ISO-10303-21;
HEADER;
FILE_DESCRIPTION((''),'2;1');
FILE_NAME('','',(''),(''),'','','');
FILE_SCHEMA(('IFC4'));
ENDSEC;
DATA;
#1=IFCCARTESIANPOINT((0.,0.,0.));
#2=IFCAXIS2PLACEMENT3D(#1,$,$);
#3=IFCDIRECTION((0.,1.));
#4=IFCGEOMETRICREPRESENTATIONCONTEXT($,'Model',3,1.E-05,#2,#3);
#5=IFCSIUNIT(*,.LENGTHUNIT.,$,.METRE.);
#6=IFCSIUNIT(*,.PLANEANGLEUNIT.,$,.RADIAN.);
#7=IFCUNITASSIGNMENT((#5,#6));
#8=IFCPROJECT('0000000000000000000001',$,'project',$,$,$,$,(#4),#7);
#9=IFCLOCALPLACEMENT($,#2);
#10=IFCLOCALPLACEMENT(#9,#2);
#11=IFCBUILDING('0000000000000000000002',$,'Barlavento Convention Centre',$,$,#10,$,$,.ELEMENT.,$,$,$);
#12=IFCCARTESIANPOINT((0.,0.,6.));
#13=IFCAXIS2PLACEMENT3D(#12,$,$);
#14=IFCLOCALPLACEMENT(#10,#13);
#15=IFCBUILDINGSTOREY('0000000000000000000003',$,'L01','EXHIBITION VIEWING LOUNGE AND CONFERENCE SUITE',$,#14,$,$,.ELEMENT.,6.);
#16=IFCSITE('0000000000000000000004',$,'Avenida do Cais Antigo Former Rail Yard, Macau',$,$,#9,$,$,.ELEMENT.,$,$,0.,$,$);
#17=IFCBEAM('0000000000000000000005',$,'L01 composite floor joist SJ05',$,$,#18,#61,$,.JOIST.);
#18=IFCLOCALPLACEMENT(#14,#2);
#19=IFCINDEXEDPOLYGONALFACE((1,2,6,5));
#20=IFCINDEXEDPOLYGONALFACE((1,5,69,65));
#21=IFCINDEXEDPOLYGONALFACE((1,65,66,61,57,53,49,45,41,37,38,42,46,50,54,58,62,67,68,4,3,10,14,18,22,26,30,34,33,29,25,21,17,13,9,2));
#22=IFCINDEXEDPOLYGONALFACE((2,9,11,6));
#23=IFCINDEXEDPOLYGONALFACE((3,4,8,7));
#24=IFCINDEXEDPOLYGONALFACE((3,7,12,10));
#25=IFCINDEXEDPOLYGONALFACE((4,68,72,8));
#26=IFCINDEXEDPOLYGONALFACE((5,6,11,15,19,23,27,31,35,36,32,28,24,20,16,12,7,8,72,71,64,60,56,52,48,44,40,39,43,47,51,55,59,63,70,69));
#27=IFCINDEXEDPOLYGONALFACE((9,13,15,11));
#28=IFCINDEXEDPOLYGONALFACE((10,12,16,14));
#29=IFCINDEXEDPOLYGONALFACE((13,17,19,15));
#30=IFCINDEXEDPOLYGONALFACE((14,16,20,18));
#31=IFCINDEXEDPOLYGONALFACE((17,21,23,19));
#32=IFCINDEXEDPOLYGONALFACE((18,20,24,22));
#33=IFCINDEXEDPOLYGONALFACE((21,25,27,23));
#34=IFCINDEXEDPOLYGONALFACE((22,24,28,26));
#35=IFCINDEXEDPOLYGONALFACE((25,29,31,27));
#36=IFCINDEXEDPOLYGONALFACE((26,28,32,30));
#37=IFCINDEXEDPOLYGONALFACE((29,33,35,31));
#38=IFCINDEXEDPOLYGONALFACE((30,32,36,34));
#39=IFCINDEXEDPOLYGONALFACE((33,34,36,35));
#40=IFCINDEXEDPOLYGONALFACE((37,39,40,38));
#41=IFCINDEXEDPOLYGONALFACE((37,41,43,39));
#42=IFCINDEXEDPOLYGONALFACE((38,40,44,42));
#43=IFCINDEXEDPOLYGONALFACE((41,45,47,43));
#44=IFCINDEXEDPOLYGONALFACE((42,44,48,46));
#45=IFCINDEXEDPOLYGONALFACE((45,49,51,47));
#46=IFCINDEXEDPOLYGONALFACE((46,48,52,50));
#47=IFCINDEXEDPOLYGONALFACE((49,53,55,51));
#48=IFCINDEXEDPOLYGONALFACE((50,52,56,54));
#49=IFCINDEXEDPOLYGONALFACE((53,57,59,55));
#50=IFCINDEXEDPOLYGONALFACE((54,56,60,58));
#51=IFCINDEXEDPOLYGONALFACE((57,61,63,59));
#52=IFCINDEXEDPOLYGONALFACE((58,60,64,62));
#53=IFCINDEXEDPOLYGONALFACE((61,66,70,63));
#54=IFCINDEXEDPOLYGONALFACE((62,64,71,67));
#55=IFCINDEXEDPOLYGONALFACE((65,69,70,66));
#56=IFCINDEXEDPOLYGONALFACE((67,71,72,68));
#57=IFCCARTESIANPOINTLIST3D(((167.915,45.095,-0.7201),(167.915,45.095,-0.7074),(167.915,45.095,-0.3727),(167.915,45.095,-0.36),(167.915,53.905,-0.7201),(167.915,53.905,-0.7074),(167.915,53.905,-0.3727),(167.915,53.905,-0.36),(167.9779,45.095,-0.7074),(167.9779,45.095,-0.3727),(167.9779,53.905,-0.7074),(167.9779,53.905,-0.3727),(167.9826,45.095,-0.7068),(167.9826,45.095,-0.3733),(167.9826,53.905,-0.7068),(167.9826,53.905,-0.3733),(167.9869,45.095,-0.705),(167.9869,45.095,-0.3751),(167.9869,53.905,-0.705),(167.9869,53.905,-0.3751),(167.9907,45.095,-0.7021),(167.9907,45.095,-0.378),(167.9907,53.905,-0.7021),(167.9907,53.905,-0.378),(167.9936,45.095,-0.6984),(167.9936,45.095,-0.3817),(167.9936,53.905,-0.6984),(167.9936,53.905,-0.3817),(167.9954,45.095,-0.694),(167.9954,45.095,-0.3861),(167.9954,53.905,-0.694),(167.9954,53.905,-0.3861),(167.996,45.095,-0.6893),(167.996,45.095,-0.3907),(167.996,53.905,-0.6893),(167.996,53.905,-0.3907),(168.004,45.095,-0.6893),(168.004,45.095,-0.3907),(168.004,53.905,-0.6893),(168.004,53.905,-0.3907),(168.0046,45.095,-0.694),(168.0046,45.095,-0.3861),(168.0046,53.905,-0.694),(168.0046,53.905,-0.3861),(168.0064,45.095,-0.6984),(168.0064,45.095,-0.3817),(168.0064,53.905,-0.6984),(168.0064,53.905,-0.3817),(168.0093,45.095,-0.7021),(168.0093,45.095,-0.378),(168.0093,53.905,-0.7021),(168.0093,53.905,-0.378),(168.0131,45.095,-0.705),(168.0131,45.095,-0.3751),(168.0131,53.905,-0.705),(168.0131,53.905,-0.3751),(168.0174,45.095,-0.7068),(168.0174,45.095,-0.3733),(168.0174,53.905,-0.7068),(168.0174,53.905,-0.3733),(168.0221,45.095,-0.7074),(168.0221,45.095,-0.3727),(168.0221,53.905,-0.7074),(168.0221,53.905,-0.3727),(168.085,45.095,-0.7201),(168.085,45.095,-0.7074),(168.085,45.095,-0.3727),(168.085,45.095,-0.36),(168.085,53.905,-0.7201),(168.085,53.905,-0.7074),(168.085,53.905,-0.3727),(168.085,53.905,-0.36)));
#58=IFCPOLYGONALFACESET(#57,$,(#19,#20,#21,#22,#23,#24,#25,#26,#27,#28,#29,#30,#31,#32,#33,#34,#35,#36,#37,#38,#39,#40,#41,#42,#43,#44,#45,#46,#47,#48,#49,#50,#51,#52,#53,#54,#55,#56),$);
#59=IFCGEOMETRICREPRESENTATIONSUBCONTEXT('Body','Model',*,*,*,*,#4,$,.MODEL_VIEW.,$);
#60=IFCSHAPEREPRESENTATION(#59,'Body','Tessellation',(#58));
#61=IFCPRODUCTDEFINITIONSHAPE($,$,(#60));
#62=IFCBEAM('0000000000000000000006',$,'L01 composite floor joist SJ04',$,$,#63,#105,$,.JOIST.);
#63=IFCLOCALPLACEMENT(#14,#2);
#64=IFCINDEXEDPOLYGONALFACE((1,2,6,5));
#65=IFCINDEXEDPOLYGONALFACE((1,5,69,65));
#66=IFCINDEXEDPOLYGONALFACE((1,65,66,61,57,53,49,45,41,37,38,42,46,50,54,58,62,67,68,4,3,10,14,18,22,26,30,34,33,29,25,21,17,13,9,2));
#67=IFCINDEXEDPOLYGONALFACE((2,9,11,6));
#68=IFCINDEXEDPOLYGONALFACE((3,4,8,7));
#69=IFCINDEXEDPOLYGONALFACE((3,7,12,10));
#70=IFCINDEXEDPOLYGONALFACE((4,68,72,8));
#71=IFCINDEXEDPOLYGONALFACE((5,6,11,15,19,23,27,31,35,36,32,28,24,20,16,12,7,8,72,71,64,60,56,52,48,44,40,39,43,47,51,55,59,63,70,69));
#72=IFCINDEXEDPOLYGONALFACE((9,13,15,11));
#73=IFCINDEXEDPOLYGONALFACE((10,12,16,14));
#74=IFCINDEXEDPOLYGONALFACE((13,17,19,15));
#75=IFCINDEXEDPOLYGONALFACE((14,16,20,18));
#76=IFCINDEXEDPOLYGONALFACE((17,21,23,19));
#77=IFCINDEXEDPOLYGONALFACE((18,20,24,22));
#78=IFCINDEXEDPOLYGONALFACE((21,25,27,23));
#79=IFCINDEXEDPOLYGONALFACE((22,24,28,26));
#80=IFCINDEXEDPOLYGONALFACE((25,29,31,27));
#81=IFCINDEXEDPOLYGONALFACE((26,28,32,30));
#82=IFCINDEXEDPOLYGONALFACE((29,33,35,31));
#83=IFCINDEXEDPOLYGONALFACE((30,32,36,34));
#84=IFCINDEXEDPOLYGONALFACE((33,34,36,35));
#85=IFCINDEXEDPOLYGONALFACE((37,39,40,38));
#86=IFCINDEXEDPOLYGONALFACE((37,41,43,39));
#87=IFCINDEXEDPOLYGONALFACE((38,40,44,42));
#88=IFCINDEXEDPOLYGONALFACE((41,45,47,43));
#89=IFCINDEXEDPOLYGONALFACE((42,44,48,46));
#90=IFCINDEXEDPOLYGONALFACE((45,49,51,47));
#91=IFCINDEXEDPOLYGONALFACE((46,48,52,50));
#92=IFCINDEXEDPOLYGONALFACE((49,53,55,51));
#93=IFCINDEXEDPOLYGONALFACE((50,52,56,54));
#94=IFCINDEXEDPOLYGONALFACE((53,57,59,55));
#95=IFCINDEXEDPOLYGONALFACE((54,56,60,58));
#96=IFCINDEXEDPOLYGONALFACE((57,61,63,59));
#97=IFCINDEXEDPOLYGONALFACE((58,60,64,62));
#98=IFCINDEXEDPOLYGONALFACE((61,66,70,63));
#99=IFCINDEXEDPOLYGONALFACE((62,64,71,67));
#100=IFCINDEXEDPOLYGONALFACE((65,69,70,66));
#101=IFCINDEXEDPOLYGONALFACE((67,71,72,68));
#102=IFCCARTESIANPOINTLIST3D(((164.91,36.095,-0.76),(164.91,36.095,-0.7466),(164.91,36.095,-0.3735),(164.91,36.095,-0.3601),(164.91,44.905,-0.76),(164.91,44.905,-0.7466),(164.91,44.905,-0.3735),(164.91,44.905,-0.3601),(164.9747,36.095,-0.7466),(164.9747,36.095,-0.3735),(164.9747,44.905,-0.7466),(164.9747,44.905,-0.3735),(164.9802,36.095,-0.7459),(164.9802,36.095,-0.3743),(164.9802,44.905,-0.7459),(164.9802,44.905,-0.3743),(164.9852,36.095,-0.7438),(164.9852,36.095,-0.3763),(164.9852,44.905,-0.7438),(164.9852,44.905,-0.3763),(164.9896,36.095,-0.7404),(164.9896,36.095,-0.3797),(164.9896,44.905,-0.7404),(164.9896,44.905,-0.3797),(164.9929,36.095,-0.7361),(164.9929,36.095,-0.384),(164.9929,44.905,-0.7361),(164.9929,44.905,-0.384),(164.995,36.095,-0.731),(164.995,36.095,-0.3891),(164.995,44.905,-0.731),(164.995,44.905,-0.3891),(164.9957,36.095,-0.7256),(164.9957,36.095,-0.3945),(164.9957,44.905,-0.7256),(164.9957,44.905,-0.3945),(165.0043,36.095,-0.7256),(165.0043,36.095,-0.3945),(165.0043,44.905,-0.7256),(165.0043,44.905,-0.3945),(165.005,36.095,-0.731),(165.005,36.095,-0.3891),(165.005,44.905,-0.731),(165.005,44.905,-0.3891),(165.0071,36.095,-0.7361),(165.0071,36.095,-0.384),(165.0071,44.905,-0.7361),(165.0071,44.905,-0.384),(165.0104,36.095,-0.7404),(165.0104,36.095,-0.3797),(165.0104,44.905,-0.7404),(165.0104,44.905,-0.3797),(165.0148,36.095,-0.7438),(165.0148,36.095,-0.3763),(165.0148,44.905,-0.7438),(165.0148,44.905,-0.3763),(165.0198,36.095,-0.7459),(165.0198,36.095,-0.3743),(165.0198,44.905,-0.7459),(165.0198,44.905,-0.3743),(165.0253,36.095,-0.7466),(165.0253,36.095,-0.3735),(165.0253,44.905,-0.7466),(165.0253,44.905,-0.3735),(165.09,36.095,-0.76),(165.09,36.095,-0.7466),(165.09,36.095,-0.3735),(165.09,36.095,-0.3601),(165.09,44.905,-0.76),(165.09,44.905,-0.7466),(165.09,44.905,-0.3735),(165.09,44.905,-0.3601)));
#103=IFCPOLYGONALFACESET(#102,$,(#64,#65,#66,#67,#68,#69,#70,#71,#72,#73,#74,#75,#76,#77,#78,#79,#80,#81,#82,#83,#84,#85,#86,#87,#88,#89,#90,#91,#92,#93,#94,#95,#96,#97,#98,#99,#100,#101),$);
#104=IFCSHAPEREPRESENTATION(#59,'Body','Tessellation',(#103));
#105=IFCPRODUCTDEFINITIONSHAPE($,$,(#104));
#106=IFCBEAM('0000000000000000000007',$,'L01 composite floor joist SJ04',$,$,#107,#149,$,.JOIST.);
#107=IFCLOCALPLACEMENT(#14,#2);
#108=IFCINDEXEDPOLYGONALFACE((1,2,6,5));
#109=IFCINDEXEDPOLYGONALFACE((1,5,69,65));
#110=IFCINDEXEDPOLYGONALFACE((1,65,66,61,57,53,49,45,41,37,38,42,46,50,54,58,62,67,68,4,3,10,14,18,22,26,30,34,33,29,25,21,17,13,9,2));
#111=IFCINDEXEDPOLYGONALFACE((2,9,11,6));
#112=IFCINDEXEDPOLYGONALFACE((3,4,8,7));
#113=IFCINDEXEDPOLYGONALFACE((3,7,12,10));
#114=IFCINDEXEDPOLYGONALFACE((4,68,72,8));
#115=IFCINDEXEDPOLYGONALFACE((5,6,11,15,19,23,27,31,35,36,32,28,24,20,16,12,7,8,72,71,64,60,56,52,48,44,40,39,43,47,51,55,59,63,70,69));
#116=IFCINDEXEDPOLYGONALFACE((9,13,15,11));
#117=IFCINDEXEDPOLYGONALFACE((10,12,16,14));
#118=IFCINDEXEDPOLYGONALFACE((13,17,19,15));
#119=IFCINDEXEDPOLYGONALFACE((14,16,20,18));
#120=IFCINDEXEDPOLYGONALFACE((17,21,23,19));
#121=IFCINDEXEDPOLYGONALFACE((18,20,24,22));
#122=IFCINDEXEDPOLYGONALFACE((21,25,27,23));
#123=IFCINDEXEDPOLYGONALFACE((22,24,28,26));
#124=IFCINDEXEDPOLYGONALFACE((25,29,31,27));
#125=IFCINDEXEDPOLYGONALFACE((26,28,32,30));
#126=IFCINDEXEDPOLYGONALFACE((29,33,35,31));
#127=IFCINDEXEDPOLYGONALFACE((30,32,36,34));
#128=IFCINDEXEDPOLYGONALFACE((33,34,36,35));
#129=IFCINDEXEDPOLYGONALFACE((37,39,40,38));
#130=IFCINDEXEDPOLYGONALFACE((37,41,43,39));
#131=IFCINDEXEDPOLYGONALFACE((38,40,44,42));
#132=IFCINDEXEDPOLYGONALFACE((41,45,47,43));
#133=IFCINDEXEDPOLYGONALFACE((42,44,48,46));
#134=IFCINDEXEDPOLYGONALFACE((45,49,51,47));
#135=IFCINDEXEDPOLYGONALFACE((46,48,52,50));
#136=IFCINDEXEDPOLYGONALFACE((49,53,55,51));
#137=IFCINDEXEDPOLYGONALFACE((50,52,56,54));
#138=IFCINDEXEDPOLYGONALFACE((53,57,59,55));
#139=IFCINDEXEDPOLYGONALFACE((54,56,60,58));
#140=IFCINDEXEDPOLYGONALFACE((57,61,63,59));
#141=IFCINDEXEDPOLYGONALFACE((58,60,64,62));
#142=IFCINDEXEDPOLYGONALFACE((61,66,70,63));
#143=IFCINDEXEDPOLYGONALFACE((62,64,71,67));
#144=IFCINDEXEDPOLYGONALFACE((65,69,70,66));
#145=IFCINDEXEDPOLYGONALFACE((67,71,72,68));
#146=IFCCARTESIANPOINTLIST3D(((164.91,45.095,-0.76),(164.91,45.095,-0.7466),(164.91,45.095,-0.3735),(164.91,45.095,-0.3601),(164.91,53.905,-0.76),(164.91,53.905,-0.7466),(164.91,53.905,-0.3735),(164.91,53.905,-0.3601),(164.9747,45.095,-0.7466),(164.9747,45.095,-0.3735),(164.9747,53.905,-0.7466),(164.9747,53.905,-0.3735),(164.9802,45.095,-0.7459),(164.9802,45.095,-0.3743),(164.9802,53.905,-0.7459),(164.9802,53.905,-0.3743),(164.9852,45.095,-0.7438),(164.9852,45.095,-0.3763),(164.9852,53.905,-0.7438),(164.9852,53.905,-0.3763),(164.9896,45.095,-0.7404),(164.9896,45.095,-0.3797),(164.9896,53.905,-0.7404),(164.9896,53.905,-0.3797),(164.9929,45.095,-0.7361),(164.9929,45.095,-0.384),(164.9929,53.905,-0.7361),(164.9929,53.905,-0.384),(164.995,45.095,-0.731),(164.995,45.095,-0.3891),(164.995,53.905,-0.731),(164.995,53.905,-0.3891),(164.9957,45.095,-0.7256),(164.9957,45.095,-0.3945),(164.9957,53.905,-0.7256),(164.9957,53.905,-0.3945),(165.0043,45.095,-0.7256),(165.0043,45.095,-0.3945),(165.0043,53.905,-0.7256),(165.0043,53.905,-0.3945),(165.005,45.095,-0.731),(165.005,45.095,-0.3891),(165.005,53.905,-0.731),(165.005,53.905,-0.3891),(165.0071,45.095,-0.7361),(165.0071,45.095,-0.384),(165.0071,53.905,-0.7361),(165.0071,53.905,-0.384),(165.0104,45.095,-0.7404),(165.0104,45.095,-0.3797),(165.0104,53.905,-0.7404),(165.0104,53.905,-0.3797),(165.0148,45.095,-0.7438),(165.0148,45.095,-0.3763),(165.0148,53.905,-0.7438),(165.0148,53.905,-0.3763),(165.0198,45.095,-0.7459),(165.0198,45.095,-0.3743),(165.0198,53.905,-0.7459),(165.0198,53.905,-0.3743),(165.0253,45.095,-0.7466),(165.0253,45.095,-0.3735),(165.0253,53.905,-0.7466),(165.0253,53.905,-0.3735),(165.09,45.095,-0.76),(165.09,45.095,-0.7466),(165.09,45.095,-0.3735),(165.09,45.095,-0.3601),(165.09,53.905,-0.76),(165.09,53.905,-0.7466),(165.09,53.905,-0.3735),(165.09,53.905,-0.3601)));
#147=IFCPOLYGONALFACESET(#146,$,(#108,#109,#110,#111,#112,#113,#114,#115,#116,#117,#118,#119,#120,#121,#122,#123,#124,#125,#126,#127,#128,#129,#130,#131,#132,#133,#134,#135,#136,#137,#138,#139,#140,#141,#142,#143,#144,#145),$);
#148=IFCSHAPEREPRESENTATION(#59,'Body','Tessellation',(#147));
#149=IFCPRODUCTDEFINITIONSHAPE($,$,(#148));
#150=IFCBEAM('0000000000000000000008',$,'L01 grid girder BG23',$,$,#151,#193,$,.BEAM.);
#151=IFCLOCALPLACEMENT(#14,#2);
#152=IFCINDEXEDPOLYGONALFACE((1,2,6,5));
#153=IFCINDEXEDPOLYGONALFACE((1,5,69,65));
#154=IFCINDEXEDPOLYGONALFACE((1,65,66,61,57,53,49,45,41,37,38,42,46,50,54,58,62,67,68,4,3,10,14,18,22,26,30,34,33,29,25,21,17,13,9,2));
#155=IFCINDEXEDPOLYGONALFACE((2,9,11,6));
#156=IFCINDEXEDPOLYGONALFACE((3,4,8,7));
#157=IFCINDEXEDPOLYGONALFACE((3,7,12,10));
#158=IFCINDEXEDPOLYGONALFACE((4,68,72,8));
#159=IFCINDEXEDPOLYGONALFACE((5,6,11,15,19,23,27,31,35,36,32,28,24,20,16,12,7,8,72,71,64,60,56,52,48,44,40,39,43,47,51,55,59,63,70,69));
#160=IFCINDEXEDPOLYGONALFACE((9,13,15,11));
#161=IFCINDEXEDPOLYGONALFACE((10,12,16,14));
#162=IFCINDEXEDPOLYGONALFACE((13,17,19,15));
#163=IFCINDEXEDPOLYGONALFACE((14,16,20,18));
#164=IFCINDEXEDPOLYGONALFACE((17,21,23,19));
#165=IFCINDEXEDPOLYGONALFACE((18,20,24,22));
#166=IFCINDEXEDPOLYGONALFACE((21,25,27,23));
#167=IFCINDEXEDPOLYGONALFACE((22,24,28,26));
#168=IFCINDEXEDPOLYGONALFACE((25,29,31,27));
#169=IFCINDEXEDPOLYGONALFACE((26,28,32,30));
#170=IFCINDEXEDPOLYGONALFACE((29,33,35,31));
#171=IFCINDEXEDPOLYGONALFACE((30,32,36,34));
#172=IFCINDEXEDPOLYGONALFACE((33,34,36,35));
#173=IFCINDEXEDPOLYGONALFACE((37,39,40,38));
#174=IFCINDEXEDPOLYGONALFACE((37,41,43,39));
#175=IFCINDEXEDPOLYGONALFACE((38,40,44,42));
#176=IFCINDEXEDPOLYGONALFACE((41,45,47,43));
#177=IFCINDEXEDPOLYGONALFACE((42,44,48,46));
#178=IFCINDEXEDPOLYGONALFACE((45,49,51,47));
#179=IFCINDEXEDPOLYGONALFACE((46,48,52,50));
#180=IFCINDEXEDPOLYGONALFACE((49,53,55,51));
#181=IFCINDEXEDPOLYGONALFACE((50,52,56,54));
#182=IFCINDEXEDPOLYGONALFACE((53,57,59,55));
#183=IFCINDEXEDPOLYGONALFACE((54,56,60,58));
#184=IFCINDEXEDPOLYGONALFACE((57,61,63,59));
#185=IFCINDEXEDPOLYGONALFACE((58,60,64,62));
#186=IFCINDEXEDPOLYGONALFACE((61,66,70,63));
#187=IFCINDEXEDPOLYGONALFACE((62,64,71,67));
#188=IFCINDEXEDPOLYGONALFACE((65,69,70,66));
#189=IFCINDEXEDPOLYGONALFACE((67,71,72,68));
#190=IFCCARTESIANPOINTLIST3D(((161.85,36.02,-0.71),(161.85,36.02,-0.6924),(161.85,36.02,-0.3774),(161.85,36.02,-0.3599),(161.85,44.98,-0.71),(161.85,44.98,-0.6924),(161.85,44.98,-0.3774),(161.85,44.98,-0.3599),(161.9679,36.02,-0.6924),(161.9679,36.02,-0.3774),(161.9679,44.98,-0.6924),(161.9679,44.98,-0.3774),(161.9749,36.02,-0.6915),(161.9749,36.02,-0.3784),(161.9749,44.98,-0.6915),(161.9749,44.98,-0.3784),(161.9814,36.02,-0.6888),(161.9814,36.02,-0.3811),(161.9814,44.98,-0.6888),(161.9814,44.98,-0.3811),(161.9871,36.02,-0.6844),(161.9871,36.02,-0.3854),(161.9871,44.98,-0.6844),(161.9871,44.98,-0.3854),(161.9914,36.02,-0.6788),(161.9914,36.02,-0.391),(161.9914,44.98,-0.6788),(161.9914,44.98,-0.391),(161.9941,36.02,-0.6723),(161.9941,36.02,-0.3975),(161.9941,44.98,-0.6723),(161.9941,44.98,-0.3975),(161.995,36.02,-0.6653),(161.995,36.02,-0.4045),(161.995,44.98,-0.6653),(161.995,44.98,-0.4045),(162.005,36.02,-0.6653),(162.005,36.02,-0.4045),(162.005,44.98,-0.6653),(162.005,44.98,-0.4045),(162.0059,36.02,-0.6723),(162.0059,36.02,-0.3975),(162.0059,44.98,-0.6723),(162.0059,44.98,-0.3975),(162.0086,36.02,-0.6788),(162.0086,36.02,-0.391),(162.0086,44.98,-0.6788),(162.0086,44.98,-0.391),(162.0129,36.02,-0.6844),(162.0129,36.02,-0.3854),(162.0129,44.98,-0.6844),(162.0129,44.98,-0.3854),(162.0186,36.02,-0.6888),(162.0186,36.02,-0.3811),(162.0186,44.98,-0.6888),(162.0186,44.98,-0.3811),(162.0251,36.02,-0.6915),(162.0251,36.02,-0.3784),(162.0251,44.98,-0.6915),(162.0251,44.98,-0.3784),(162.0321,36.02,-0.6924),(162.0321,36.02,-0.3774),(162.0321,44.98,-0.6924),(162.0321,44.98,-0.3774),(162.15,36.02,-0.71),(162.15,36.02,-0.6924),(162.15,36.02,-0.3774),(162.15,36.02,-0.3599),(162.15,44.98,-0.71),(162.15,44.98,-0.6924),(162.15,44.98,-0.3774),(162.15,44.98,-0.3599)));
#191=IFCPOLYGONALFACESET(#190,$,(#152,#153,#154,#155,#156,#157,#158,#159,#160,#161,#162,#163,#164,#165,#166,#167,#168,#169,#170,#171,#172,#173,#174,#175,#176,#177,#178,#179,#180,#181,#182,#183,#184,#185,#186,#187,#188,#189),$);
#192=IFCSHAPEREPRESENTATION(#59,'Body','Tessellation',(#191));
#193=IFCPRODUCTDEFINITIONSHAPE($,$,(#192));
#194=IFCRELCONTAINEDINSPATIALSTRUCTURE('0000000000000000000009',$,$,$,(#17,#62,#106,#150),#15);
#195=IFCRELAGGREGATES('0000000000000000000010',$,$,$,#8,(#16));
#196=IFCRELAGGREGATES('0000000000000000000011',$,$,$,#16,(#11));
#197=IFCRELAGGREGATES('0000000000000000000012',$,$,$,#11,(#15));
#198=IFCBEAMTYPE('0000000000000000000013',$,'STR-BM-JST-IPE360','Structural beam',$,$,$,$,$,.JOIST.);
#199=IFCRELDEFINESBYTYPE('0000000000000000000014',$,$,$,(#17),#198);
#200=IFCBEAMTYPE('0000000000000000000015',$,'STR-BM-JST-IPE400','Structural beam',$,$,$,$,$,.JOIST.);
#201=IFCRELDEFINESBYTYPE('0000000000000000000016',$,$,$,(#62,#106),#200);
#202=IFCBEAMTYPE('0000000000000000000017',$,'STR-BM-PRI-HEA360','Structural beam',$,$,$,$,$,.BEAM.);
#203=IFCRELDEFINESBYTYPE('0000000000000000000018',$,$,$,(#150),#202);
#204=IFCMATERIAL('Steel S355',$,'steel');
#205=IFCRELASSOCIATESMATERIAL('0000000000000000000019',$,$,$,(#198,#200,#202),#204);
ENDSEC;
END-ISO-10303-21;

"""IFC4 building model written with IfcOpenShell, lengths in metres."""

from ifc_helpers import new_model, si_unit, direction, frame, origin, origin_2d, place, context, subcontext, project, spatial, i_section, extrude, material, material_profile, profile_set, type_object, element, save


model = new_model("IFC4")

# Units and contexts
model_context = context("Model", 3, precision=1e-05, world=origin(), true_north=direction((0.0, 1.0)))
body_context = subcontext(model_context, "Body", "Model", "MODEL_VIEW")
ifc_project = project(units=[si_unit("LENGTHUNIT", "METRE"), si_unit("PLANEANGLEUNIT", "RADIAN")], contexts=[model_context])

# Site, building, storey
site_placement = place(None, origin())
site = spatial("IfcSite", under=ifc_project, at=site_placement, Name="Avenida do Cais Antigo Former Rail Yard, Macau", CompositionType="ELEMENT", RefElevation=0.0)
building_placement = place(site_placement, origin())
building = spatial("IfcBuilding", under=site, at=building_placement, Name="Barlavento Convention Centre", CompositionType="ELEMENT")
storey_placement = place(building_placement, frame((0.0, 0.0, 6.0)))
storey = spatial("IfcBuildingStorey", under=building, at=storey_placement, Name="L01", Description="EXHIBITION VIEWING LOUNGE AND CONFERENCE SUITE", CompositionType="ELEMENT", Elevation=6.0)

# Shared definitions
ifc_material_1 = material(Name="Steel S355", Category="steel")

# Beams
ifc_material_profile_1 = material_profile(ifc_material_1, i_section(OverallWidth=0.1699, OverallDepth=0.3601, WebThickness=0.0081, FlangeThickness=0.0127, FilletRadius=0.0181, at=origin_2d()), Name="IPE 360")
ifc_profile_set_1 = profile_set([ifc_material_profile_1], Name="Steel S355")
beam_type_1 = type_object("IfcBeamType", Name="STR-BM-JST-IPE360", Description="Structural beam", PredefinedType="JOIST", material=ifc_profile_set_1)
for number, where, z_axis, x_axis, name in (
    (1, (168.0, 45.095, -0.54), (0.0, 1.0, 0.0), (-1.0, 0.0, 0.0), "L01 composite floor joist SJ05"),
):
    element("IfcBeam", number, at=place(storey_placement, frame(where, z_axis=z_axis, x_axis=x_axis)), inside=storey, type_object=beam_type_1, Name=name, PredefinedType="JOIST", context=body_context, shape_type="SweptSolid", body=[
        extrude(i_section(OverallWidth=0.1699, OverallDepth=0.3601, WebThickness=0.0081, FlangeThickness=0.0127, FilletRadius=0.0181, at=origin_2d()), origin(), (0.0, 0.0, 1.0), 8.8101),
    ])
ifc_material_profile_2 = material_profile(ifc_material_1, i_section(OverallWidth=0.1799, OverallDepth=0.3999, WebThickness=0.0085, FlangeThickness=0.0134, FilletRadius=0.021, at=origin_2d()), Name="IPE 400")
ifc_profile_set_2 = profile_set([ifc_material_profile_2], Name="Steel S355")
beam_type_2 = type_object("IfcBeamType", Name="STR-BM-JST-IPE400", Description="Structural beam", PredefinedType="JOIST", material=ifc_profile_set_2)
for number, where, z_axis, x_axis, name in (
    (2, (165.0, 36.095, -0.5601), (0.0, 1.0, 0.0), (-1.0, 0.0, 0.0), "L01 composite floor joist SJ04"),
    (3, (165.0, 45.095, -0.5601), (0.0, 1.0, 0.0), (-1.0, 0.0, 0.0), "L01 composite floor joist SJ04"),
):
    element("IfcBeam", number, at=place(storey_placement, frame(where, z_axis=z_axis, x_axis=x_axis)), inside=storey, type_object=beam_type_2, Name=name, PredefinedType="JOIST", context=body_context, shape_type="SweptSolid", body=[
        extrude(i_section(OverallWidth=0.1799, OverallDepth=0.3999, WebThickness=0.0085, FlangeThickness=0.0134, FilletRadius=0.021, at=origin_2d()), origin(), (0.0, 0.0, 1.0), 8.8101),
    ])
ifc_material_profile_3 = material_profile(ifc_material_1, i_section(OverallWidth=0.3, OverallDepth=0.3501, WebThickness=0.01, FlangeThickness=0.0176, FilletRadius=0.0271, at=origin_2d()), Name="HEA 360")
ifc_profile_set_3 = profile_set([ifc_material_profile_3], Name="Steel S355")
beam_type_3 = type_object("IfcBeamType", Name="STR-BM-PRI-HEA360", Description="Structural beam", PredefinedType="BEAM", material=ifc_profile_set_3)
for number, where, z_axis, x_axis, name in (
    (4, (162.0, 36.02, -0.5349), (0.0, 1.0, 0.0), (-1.0, 0.0, 0.0), "L01 grid girder BG23"),
):
    element("IfcBeam", number, at=place(storey_placement, frame(where, z_axis=z_axis, x_axis=x_axis)), inside=storey, type_object=beam_type_3, Name=name, PredefinedType="BEAM", context=body_context, shape_type="SweptSolid", body=[
        extrude(i_section(OverallWidth=0.3, OverallDepth=0.3501, WebThickness=0.01, FlangeThickness=0.0176, FilletRadius=0.0271, at=origin_2d()), origin(), (0.0, 0.0, 1.0), 8.96),
    ])

save(model, "model.ifc")
